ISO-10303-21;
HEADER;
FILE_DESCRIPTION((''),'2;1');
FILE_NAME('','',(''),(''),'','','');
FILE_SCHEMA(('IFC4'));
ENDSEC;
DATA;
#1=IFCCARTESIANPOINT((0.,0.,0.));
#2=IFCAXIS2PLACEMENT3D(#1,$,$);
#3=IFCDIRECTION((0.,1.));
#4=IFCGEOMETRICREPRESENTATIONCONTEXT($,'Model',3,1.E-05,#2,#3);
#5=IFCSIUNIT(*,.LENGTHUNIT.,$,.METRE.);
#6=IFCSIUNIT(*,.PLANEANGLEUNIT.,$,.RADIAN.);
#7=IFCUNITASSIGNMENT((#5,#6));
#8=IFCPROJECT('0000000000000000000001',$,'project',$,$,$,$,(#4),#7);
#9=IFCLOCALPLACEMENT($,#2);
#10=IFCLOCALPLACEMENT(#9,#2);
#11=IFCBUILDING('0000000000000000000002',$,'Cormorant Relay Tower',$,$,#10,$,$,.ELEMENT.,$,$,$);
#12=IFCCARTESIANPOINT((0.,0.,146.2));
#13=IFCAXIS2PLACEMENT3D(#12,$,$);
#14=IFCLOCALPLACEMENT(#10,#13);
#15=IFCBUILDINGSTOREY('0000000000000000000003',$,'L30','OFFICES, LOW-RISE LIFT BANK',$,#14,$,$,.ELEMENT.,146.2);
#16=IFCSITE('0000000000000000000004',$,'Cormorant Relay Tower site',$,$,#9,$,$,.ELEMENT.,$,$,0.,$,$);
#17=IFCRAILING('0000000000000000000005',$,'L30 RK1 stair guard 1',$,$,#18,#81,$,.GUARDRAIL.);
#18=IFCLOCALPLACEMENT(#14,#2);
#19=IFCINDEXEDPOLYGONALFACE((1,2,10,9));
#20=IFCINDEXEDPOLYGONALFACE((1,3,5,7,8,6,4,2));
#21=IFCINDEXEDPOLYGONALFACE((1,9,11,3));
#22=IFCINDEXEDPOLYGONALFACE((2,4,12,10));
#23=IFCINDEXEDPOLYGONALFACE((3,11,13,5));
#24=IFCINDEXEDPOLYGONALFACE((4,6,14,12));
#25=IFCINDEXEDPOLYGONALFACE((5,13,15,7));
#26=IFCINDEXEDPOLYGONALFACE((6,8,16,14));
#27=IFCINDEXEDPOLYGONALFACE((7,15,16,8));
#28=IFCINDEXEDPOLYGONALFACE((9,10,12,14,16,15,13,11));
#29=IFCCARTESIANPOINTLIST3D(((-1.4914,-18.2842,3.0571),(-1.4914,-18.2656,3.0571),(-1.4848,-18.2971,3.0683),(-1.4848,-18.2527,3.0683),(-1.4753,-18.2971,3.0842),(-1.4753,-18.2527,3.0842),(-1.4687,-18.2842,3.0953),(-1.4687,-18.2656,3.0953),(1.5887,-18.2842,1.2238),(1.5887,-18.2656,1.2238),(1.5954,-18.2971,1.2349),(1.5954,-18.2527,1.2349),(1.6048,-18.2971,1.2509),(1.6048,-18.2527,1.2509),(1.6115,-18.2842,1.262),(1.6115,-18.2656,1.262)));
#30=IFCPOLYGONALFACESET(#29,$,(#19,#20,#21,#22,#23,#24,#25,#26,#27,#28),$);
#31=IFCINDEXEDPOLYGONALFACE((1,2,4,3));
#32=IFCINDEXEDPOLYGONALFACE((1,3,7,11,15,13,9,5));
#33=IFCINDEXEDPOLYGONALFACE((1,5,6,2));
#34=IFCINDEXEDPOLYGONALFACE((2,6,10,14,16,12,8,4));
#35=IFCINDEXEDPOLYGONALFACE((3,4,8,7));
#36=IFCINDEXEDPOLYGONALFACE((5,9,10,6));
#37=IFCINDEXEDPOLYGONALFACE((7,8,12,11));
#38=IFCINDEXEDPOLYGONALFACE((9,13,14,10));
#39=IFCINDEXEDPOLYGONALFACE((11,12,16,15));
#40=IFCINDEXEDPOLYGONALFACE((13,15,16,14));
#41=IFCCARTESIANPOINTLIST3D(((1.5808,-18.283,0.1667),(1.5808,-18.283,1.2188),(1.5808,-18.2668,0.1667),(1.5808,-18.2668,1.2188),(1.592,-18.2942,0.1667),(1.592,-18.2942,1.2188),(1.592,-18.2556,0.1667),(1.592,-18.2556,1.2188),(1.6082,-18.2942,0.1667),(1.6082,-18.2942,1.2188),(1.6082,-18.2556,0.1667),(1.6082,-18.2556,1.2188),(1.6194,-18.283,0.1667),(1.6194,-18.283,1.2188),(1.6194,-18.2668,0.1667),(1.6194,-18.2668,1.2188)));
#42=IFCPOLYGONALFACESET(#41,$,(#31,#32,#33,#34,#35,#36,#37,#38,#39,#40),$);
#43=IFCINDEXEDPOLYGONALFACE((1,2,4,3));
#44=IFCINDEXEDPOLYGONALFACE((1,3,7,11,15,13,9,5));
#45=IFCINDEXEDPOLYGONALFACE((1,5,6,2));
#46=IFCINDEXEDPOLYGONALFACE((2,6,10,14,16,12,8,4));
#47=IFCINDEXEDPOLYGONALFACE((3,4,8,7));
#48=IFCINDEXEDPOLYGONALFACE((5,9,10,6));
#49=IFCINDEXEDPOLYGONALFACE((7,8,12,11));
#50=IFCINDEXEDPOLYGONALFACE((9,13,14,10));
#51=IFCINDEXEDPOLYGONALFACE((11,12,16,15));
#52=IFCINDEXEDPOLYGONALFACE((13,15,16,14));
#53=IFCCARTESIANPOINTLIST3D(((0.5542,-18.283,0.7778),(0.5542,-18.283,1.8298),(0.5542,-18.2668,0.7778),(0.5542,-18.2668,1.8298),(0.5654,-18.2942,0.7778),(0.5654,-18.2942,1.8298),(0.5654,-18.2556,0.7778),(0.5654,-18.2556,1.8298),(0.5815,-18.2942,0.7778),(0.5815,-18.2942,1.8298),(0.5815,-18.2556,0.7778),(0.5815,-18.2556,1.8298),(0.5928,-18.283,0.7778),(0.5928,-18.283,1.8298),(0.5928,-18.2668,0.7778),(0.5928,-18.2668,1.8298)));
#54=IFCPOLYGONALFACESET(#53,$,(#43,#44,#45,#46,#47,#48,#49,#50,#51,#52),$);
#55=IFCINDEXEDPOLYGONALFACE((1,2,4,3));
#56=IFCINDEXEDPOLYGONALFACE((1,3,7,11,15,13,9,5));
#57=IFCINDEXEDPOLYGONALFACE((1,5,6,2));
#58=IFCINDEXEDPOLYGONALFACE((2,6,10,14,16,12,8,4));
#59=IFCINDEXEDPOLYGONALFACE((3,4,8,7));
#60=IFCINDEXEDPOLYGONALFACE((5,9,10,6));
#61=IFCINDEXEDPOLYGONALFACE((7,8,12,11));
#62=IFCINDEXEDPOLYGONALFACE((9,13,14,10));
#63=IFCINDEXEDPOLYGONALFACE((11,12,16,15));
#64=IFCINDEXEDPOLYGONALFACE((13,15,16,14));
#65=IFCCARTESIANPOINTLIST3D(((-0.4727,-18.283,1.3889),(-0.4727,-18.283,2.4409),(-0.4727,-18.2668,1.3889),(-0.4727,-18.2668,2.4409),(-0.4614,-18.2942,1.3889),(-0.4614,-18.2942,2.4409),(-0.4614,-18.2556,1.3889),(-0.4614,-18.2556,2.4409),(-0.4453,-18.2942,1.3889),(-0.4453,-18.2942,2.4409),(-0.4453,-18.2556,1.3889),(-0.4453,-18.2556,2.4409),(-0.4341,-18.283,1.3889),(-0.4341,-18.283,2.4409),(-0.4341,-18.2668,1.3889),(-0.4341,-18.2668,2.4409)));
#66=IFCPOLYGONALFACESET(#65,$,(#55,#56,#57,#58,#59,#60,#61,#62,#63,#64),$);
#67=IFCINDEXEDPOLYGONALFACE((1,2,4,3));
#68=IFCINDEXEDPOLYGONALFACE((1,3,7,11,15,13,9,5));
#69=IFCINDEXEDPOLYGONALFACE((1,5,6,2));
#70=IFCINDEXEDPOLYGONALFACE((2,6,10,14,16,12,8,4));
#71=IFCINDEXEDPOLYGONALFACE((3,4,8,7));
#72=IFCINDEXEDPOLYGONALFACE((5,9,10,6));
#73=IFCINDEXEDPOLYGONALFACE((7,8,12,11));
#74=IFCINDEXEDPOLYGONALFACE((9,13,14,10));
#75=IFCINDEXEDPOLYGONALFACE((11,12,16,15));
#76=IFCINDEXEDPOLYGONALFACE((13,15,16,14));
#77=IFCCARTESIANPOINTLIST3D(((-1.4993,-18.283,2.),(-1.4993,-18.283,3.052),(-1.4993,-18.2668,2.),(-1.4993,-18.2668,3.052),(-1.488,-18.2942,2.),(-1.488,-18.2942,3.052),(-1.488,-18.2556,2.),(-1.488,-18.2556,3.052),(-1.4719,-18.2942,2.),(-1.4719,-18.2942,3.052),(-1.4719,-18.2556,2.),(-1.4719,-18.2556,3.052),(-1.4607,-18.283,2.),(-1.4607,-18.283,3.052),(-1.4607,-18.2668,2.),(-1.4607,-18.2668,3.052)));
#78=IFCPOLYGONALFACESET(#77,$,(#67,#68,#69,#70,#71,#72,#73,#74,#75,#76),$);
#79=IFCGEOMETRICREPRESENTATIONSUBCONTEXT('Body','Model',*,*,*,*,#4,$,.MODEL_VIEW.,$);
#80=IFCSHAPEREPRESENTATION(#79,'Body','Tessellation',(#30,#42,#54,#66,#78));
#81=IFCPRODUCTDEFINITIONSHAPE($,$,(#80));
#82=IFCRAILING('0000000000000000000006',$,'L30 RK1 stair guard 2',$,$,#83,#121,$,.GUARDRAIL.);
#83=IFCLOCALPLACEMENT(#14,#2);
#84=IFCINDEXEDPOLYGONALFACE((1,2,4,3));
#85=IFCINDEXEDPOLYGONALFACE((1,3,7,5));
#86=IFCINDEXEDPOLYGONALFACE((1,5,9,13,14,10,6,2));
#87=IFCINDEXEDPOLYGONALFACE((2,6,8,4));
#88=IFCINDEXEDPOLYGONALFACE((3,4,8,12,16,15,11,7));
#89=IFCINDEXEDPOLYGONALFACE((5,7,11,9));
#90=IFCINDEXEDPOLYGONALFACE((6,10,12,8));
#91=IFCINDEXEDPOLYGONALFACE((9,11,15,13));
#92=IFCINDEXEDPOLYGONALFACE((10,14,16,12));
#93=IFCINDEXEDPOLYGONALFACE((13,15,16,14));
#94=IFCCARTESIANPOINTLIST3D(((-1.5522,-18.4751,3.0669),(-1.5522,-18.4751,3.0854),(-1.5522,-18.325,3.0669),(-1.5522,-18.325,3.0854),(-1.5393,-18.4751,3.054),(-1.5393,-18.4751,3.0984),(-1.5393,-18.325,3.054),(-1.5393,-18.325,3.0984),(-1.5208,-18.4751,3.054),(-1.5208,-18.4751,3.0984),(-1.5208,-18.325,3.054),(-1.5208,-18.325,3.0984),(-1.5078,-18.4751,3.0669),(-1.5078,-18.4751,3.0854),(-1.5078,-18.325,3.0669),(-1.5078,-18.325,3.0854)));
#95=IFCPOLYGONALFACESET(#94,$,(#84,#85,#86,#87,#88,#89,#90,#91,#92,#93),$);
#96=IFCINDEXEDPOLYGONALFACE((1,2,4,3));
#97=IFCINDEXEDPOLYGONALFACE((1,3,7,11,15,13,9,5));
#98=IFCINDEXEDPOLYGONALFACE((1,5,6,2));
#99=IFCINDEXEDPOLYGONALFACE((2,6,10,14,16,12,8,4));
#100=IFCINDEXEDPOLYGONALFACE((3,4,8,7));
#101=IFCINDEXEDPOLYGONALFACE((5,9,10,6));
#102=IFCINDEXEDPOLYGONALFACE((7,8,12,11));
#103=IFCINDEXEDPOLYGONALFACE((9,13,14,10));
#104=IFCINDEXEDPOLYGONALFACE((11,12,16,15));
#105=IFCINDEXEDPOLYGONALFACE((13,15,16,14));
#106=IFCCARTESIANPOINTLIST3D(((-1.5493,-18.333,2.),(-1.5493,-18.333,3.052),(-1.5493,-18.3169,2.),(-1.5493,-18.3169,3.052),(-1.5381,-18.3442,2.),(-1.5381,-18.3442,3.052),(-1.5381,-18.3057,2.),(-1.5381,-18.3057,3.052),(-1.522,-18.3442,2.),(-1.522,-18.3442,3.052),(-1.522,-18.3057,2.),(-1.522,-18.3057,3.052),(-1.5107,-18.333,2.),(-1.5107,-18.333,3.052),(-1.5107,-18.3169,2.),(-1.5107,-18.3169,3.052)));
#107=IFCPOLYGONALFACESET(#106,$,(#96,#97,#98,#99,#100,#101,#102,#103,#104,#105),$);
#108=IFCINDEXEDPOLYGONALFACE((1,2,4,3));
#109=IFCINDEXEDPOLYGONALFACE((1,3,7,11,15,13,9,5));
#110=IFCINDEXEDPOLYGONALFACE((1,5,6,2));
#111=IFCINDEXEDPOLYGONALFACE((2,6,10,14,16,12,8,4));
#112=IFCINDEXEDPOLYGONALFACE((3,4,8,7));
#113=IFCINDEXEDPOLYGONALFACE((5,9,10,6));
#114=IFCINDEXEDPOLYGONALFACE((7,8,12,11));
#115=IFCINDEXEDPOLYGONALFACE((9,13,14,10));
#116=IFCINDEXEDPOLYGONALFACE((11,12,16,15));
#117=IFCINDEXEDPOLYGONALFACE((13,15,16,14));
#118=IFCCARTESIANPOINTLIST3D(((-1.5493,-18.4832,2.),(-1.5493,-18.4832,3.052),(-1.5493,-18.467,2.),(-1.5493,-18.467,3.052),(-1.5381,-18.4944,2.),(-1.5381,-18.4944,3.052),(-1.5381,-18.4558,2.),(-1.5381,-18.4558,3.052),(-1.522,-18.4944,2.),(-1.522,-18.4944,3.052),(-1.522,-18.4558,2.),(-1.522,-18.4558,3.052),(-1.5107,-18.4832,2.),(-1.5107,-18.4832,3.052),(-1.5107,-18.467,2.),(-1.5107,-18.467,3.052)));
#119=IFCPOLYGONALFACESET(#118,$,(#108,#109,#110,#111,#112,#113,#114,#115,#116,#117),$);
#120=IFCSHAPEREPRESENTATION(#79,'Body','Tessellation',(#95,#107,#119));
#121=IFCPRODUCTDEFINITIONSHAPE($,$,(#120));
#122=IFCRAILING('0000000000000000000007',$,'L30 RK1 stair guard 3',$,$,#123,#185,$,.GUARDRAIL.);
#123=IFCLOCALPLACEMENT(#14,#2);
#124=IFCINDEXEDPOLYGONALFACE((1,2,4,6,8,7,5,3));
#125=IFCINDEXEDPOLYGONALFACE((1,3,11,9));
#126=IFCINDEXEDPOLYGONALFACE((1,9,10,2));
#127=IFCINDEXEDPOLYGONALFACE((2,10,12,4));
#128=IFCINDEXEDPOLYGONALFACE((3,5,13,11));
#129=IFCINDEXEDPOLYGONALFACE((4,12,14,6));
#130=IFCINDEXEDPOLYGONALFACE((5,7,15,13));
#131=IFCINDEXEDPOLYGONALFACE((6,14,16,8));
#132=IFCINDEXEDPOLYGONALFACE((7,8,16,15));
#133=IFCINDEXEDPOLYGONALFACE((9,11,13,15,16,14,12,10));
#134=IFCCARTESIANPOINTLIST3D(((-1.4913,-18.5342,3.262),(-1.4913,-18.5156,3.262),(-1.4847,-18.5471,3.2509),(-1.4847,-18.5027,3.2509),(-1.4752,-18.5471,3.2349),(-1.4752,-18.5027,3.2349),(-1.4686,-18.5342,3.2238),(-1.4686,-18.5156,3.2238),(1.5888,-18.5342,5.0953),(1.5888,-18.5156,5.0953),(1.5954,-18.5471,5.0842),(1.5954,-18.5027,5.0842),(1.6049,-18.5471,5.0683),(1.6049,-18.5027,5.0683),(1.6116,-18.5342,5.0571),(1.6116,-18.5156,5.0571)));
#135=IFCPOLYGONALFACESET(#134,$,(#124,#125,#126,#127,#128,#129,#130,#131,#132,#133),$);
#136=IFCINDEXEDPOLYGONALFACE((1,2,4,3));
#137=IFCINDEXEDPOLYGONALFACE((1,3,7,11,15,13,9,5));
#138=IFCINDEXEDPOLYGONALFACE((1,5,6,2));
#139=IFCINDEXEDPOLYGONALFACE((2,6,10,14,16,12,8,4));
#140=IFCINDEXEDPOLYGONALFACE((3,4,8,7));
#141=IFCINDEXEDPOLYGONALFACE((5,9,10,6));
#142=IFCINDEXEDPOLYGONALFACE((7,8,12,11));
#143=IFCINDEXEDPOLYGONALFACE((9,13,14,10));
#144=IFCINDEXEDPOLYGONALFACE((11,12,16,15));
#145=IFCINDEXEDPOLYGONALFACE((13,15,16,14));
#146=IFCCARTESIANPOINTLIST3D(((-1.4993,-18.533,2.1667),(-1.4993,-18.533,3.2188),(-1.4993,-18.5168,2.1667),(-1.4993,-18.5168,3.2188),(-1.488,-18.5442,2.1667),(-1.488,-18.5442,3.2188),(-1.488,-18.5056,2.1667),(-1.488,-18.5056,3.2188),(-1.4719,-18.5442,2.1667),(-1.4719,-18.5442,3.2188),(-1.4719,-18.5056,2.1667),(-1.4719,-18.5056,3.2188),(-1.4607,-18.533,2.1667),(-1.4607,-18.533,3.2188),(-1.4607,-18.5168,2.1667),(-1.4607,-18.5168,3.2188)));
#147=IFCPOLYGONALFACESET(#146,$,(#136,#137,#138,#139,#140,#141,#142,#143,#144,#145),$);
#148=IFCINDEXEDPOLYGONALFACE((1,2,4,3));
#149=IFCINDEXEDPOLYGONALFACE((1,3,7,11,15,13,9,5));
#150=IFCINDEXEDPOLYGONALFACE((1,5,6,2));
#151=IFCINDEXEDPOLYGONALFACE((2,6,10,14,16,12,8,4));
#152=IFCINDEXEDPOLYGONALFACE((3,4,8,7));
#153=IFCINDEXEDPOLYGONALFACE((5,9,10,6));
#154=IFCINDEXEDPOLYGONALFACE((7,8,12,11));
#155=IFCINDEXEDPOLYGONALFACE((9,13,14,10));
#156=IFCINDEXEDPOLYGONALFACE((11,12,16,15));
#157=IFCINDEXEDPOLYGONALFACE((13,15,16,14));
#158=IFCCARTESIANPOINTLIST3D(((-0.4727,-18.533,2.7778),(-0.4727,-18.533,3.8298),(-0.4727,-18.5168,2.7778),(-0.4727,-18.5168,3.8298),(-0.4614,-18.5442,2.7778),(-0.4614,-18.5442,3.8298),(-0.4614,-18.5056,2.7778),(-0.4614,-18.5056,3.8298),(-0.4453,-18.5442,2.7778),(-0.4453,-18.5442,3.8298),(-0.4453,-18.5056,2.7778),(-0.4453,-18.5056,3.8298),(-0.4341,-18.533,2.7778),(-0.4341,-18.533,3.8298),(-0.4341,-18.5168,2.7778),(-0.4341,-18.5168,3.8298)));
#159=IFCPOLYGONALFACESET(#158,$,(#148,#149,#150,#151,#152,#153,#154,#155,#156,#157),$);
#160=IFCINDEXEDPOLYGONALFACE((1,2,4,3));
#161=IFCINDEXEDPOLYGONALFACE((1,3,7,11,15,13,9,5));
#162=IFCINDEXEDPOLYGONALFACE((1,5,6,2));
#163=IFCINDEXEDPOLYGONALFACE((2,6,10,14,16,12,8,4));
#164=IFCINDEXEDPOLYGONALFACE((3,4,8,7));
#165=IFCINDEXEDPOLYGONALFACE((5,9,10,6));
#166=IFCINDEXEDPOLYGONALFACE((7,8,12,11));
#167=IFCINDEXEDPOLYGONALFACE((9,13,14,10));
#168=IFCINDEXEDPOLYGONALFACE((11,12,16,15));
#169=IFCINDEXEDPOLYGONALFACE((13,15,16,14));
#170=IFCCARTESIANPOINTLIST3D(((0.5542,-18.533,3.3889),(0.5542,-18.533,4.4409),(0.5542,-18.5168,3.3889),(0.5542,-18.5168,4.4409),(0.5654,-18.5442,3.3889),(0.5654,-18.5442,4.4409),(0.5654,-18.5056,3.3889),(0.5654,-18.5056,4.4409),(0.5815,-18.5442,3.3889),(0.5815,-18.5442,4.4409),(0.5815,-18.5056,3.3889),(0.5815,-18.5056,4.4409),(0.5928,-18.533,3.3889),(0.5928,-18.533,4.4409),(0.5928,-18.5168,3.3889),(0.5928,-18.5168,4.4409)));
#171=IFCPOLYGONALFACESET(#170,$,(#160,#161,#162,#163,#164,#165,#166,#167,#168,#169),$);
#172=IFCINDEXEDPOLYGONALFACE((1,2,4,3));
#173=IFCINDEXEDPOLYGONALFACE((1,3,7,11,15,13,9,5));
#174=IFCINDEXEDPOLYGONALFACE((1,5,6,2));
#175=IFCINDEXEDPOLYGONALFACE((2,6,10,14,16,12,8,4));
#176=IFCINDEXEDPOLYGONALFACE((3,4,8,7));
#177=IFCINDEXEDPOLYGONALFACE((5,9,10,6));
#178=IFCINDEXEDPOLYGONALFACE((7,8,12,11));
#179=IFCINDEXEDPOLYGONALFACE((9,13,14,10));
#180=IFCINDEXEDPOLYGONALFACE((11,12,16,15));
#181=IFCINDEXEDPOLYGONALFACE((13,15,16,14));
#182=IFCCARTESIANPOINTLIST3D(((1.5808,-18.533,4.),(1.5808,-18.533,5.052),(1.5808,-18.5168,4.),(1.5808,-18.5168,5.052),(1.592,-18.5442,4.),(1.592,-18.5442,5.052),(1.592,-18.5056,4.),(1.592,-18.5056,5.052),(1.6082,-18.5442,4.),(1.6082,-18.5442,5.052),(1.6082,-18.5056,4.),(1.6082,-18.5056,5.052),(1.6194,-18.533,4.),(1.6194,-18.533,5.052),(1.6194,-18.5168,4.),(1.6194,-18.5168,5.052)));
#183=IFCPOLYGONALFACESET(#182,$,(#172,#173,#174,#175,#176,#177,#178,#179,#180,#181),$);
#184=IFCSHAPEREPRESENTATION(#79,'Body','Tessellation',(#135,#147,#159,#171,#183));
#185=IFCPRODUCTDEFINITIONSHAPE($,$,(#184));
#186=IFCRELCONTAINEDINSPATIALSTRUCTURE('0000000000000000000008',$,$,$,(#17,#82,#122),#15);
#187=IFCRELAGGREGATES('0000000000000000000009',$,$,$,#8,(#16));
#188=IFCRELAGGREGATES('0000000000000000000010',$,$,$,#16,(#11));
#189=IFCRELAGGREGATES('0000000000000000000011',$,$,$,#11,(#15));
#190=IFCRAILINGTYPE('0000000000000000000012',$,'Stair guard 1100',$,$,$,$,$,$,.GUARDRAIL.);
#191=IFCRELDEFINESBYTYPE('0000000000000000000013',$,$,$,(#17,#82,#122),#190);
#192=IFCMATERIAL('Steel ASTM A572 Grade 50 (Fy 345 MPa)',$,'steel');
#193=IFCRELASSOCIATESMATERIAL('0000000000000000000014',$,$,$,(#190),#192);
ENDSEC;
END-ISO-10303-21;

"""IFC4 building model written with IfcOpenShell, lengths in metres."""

from ifc_helpers import new_model, si_unit, direction, frame, origin, place, context, subcontext, project, spatial, polyline, outline, extrude, material, type_object, element, save


model = new_model("IFC4")

# Units and contexts
model_context = context("Model", 3, precision=1e-05, world=origin(), true_north=direction((0.0, 1.0)))
body_context = subcontext(model_context, "Body", "Model", "MODEL_VIEW")
ifc_project = project(units=[si_unit("LENGTHUNIT", "METRE"), si_unit("PLANEANGLEUNIT", "RADIAN")], contexts=[model_context])

# Site, building, storey
site_placement = place(None, origin())
site = spatial("IfcSite", under=ifc_project, at=site_placement, Name="Cormorant Relay Tower site", CompositionType="ELEMENT", RefElevation=0.0)
building_placement = place(site_placement, origin())
building = spatial("IfcBuilding", under=site, at=building_placement, Name="Cormorant Relay Tower", CompositionType="ELEMENT")
storey_placement = place(building_placement, frame((0.0, 0.0, 146.2)))
storey = spatial("IfcBuildingStorey", under=building, at=storey_placement, Name="L30", Description="OFFICES, LOW-RISE LIFT BANK", CompositionType="ELEMENT", Elevation=146.2)

# Railings
ifc_material_1 = material(Name="Steel ASTM A572 Grade 50 (Fy 345 MPa)", Category="steel")
railing_type_1 = type_object("IfcRailingType", Name="Stair guard 1100", PredefinedType="GUARDRAIL", material=ifc_material_1)
railing_1_placement = place(storey_placement, frame((1.6001, -18.2749, 0.1667)))
element("IfcRailing", 1, at=railing_1_placement, inside=storey, type_object=railing_type_1, Name="L30 RK1 stair guard 1", PredefinedType="GUARDRAIL", context=body_context, shape_type="SweptSolid", body=[
    extrude(outline(polyline([(0.0222, 0.0093), (0.0093, 0.0222), (-0.0093, 0.0222), (-0.0222, 0.0093), (-0.0222, -0.0093), (-0.0093, -0.0222), (0.0093, -0.0222), (0.0222, -0.0093), (0.0222, 0.0093)])), frame((0.0, 0.0, 1.0762), z_axis=(-0.859309, 0.0, 0.511458), x_axis=(0.0, -1.0, 0.0)), (0.0, 0.0, 1.0), 3.5845),
    extrude(outline(polyline([(0.0193, 0.0081), (0.0081, 0.0193), (-0.0081, 0.0193), (-0.0193, 0.0081), (-0.0193, -0.0081), (-0.0081, -0.0193), (0.0081, -0.0193), (0.0193, -0.0081), (0.0193, 0.0081)])), origin(), (0.0, 0.0, 1.0), 1.052),
    extrude(outline(polyline([(0.0193, 0.0081), (0.0081, 0.0193), (-0.0081, 0.0193), (-0.0193, 0.0081), (-0.0193, -0.0081), (-0.0081, -0.0193), (0.0081, -0.0193), (0.0193, -0.0081), (0.0193, 0.0081)])), frame((-1.0266, 0.0, 0.6111)), (0.0, 0.0, 1.0), 1.052),
    extrude(outline(polyline([(0.0193, 0.0081), (0.0081, 0.0193), (-0.0081, 0.0193), (-0.0193, 0.0081), (-0.0193, -0.0081), (-0.0081, -0.0193), (0.0081, -0.0193), (0.0193, -0.0081), (0.0193, 0.0081)])), frame((-2.0535, 0.0, 1.2222)), (0.0, 0.0, 1.0), 1.052),
    extrude(outline(polyline([(0.0193, 0.0081), (0.0081, 0.0193), (-0.0081, 0.0193), (-0.0193, 0.0081), (-0.0193, -0.0081), (-0.0081, -0.0193), (0.0081, -0.0193), (0.0193, -0.0081), (0.0193, 0.0081)])), frame((-3.0801, 0.0, 1.8333)), (0.0, 0.0, 1.0), 1.052),
])
railing_2_placement = place(storey_placement, frame((-1.53, -18.325, 2.0)))
element("IfcRailing", 2, at=railing_2_placement, inside=storey, type_object=railing_type_1, Name="L30 RK1 stair guard 2", PredefinedType="GUARDRAIL", context=body_context, shape_type="SweptSolid", body=[
    extrude(outline(polyline([(0.0222, 0.0093), (0.0093, 0.0222), (-0.0093, 0.0222), (-0.0222, 0.0093), (-0.0222, -0.0093), (-0.0093, -0.0222), (0.0093, -0.0222), (0.0222, -0.0093), (0.0222, 0.0093)])), frame((0.0, 0.0, 1.0762), z_axis=(0.0, -1.0, 0.0), x_axis=(1.0, 0.0, 0.0)), (0.0, 0.0, 1.0), 0.1501),
    extrude(outline(polyline([(0.0193, 0.0081), (0.0081, 0.0193), (-0.0081, 0.0193), (-0.0193, 0.0081), (-0.0193, -0.0081), (-0.0081, -0.0193), (0.0081, -0.0193), (0.0193, -0.0081), (0.0193, 0.0081)])), origin(), (0.0, 0.0, 1.0), 1.052),
    extrude(outline(polyline([(0.0193, 0.0081), (0.0081, 0.0193), (-0.0081, 0.0193), (-0.0193, 0.0081), (-0.0193, -0.0081), (-0.0081, -0.0193), (0.0081, -0.0193), (0.0193, -0.0081), (0.0193, 0.0081)])), frame((0.0, -0.1501, 0.0)), (0.0, 0.0, 1.0), 1.052),
])
railing_3_placement = place(storey_placement, frame((-1.48, -18.5249, 2.1667)))
element("IfcRailing", 3, at=railing_3_placement, inside=storey, type_object=railing_type_1, Name="L30 RK1 stair guard 3", PredefinedType="GUARDRAIL", context=body_context, shape_type="SweptSolid", body=[
    extrude(outline(polyline([(0.0222, 0.0093), (0.0093, 0.0222), (-0.0093, 0.0222), (-0.0222, 0.0093), (-0.0222, -0.0093), (-0.0093, -0.0222), (0.0093, -0.0222), (0.0222, -0.0093), (0.0222, 0.0093)])), frame((0.0, 0.0, 1.0762), z_axis=(0.859309, 0.0, 0.511458), x_axis=(0.0, 1.0, 0.0)), (0.0, 0.0, 1.0), 3.5845),
    extrude(outline(polyline([(0.0193, 0.0081), (0.0081, 0.0193), (-0.0081, 0.0193), (-0.0193, 0.0081), (-0.0193, -0.0081), (-0.0081, -0.0193), (0.0081, -0.0193), (0.0193, -0.0081), (0.0193, 0.0081)])), origin(), (0.0, 0.0, 1.0), 1.052),
    extrude(outline(polyline([(0.0193, 0.0081), (0.0081, 0.0193), (-0.0081, 0.0193), (-0.0193, 0.0081), (-0.0193, -0.0081), (-0.0081, -0.0193), (0.0081, -0.0193), (0.0193, -0.0081), (0.0193, 0.0081)])), frame((1.0266, 0.0, 0.6111)), (0.0, 0.0, 1.0), 1.052),
    extrude(outline(polyline([(0.0193, 0.0081), (0.0081, 0.0193), (-0.0081, 0.0193), (-0.0193, 0.0081), (-0.0193, -0.0081), (-0.0081, -0.0193), (0.0081, -0.0193), (0.0193, -0.0081), (0.0193, 0.0081)])), frame((2.0535, 0.0, 1.2222)), (0.0, 0.0, 1.0), 1.052),
    extrude(outline(polyline([(0.0193, 0.0081), (0.0081, 0.0193), (-0.0081, 0.0193), (-0.0193, 0.0081), (-0.0193, -0.0081), (-0.0081, -0.0193), (0.0081, -0.0193), (0.0193, -0.0081), (0.0193, 0.0081)])), frame((3.0801, 0.0, 1.8333)), (0.0, 0.0, 1.0), 1.052),
])

save(model, "model.ifc")
